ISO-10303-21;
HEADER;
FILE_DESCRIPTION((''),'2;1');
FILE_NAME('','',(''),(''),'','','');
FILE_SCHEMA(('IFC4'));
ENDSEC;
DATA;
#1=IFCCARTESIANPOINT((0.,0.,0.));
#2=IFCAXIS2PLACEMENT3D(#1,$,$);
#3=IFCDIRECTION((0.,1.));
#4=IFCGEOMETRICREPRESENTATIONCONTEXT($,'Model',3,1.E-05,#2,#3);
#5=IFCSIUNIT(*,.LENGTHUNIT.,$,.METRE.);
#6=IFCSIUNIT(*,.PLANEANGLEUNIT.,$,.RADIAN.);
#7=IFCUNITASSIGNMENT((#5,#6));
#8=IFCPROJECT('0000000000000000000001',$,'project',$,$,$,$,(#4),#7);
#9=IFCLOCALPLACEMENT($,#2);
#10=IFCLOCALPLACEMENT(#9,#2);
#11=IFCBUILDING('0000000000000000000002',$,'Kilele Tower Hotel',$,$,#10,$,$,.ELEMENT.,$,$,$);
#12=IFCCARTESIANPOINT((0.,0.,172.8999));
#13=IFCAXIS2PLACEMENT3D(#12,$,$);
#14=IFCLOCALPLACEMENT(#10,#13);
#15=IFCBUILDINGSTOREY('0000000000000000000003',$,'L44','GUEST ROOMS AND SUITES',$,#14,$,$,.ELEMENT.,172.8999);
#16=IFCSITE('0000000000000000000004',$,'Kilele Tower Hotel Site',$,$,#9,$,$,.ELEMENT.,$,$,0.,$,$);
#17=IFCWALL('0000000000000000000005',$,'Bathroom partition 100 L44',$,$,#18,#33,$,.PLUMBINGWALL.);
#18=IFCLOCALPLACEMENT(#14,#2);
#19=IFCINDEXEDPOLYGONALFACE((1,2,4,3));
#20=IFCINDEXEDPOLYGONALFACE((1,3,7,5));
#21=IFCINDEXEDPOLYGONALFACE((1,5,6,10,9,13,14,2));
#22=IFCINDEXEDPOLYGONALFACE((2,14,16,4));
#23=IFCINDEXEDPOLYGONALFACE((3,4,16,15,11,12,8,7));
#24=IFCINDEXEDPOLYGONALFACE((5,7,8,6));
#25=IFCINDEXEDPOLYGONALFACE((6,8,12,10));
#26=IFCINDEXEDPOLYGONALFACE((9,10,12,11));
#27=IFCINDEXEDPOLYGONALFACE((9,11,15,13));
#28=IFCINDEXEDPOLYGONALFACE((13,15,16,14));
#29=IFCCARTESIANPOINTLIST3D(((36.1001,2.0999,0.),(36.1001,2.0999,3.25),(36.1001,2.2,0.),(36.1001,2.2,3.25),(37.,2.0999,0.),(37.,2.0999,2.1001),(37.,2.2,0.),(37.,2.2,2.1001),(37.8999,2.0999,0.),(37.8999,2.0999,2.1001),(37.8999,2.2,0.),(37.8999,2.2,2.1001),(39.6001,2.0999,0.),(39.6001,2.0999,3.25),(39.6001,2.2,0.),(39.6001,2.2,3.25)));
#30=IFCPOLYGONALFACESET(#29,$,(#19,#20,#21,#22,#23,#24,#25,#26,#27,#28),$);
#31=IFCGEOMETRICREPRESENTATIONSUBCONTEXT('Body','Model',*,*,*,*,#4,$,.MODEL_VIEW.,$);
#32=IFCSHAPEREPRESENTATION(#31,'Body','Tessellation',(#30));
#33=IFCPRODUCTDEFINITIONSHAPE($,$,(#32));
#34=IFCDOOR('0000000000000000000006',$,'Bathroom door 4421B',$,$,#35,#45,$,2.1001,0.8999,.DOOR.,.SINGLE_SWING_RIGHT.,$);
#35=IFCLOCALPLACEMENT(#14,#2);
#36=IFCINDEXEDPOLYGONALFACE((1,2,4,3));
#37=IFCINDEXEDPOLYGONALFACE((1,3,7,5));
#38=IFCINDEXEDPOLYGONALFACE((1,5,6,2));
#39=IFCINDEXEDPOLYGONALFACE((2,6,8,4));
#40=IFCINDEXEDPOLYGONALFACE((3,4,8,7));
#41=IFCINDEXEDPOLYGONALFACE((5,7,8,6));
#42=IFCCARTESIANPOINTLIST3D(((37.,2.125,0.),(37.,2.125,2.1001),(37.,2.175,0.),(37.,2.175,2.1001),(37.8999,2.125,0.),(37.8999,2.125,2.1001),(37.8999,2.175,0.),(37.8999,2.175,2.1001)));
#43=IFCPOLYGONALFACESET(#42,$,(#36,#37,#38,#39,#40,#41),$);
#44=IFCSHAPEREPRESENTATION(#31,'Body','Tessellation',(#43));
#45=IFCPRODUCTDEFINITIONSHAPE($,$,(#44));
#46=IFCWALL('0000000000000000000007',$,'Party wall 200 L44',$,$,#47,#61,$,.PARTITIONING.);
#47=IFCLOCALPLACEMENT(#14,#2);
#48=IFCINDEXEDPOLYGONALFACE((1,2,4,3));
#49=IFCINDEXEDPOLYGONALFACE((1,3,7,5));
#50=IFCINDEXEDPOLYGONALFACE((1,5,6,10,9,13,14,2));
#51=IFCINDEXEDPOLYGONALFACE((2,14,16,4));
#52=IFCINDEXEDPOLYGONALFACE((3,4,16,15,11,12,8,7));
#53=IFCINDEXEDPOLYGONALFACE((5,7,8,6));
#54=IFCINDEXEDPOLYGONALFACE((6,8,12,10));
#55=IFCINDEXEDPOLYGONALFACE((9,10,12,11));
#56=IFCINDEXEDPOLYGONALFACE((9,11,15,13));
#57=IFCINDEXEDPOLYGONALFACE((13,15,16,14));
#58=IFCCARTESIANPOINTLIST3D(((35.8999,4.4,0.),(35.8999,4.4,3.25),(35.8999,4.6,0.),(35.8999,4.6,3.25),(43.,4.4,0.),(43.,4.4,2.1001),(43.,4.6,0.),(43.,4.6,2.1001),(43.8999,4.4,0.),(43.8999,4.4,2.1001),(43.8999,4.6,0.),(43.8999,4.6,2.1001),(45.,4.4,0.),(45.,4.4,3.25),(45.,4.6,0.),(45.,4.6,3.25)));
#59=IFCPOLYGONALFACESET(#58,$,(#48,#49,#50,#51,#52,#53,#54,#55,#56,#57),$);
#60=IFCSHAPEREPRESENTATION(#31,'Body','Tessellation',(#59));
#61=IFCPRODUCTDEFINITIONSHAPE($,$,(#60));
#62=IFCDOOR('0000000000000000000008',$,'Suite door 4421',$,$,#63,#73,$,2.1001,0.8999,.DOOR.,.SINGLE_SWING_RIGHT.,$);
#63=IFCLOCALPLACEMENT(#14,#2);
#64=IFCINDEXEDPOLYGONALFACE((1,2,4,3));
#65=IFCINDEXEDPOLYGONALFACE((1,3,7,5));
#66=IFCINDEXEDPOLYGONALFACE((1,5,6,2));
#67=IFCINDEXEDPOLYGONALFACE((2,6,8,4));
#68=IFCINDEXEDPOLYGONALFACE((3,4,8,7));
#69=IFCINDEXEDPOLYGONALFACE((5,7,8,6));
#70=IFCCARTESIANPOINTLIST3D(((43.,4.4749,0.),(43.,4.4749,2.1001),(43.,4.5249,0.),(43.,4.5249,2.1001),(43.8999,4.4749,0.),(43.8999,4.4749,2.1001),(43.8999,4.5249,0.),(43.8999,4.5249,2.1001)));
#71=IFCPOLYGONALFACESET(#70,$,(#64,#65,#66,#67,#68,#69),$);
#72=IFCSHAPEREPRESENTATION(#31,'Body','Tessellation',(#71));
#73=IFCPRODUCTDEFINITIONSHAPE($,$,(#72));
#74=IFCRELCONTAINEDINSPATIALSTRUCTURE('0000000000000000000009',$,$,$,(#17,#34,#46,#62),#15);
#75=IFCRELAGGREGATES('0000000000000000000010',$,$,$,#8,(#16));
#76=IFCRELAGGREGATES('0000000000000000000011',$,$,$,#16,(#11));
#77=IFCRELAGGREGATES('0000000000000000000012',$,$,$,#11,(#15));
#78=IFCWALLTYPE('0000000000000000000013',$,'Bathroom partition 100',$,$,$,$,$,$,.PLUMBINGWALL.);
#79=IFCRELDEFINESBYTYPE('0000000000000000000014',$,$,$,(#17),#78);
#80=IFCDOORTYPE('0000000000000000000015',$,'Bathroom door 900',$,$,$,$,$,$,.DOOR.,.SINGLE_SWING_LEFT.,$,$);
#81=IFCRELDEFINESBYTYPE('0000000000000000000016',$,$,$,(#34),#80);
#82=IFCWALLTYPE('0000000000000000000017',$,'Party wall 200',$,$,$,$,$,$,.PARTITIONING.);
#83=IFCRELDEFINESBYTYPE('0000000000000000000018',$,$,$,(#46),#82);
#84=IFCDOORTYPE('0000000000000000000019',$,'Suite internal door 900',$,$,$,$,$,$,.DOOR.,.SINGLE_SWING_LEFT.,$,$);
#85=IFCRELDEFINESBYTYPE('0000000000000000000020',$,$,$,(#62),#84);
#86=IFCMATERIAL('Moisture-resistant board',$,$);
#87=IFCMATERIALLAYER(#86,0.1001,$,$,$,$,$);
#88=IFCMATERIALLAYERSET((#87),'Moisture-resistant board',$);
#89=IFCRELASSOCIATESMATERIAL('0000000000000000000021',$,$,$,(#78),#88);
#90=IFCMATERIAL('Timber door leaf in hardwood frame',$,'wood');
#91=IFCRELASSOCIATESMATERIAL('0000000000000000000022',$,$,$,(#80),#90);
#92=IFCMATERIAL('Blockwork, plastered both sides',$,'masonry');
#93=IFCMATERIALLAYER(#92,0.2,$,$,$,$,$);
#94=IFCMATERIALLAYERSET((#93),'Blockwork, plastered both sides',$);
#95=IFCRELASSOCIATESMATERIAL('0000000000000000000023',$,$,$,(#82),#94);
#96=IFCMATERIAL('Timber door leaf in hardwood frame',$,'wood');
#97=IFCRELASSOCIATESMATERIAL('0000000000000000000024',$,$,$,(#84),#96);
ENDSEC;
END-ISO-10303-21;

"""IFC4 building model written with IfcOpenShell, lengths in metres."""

from ifc_helpers import new_model, si_unit, direction, frame, frame_2d, origin, place, context, subcontext, project, spatial, rectangle, extrude, material, layer, layer_set, type_object, element, fill, save


model = new_model("IFC4")

# Units and contexts
model_context = context("Model", 3, precision=1e-05, world=origin(), true_north=direction((0.0, 1.0)))
body_context = subcontext(model_context, "Body", "Model", "MODEL_VIEW")
ifc_project = project(units=[si_unit("LENGTHUNIT", "METRE"), si_unit("PLANEANGLEUNIT", "RADIAN")], contexts=[model_context])

# Site, building, storey
site_placement = place(None, origin())
site = spatial("IfcSite", under=ifc_project, at=site_placement, Name="Kilele Tower Hotel Site", CompositionType="ELEMENT", RefElevation=0.0)
building_placement = place(site_placement, origin())
building = spatial("IfcBuilding", under=site, at=building_placement, Name="Kilele Tower Hotel", CompositionType="ELEMENT")
storey_placement = place(building_placement, frame((0.0, 0.0, 172.8999)))
storey = spatial("IfcBuildingStorey", under=building, at=storey_placement, Name="L44", Description="GUEST ROOMS AND SUITES", CompositionType="ELEMENT", Elevation=172.8999)

# Shared definitions
ifc_material_1 = material(Name="Moisture-resistant board")
ifc_layer_1 = layer(ifc_material_1, 0.1001)
ifc_layer_set_1 = layer_set([ifc_layer_1], Name="Moisture-resistant board")
wall_type_1 = type_object("IfcWallType", Name="Bathroom partition 100", PredefinedType="PLUMBINGWALL", material=ifc_layer_set_1)

# Walls, openings, doors
ifc_material_2 = material(Name="Timber door leaf in hardwood frame", Category="wood")
door_type_1 = type_object("IfcDoorType", Name="Bathroom door 900", OperationType="SINGLE_SWING_LEFT", PredefinedType="DOOR", material=ifc_material_2)
wall_1_placement = place(storey_placement, frame((36.1001, 2.1499, 0.0), z_axis=(0.0, 0.0, 1.0), x_axis=(1.0, 0.0, 0.0)))
wall_1 = element("IfcWall", 1, at=wall_1_placement, inside=storey, type_object=wall_type_1, Name="Bathroom partition 100 L44", PredefinedType="PLUMBINGWALL", context=body_context, shape_type="SweptSolid", body=[
    extrude(rectangle(XDim=3.5, YDim=0.1001, at=frame_2d((1.75, 0.0))), origin(), (0.0, 0.0, 1.0), 3.25),
])
opening_1_placement = place(wall_1_placement, frame((1.7998, 0.0, 0.0), z_axis=(0.0, 0.0, 1.0), x_axis=(-1.0, 0.0, 0.0)))
opening_1 = element("IfcOpeningElement", 2, at=opening_1_placement, cuts=wall_1, PredefinedType="OPENING", context=body_context, shape_type="SweptSolid", body=[
    extrude(rectangle(XDim=0.8999, YDim=2.1001, at=frame_2d((0.45, 1.05))), frame((0.0, 0.0601, 0.0), z_axis=(0.0, -1.0, 0.0), x_axis=(1.0, 0.0, 0.0)), (0.0, 0.0, 1.0), 0.1201),
])
door_1_placement = place(opening_1_placement, origin())
door_1 = element("IfcDoor", 3, at=door_1_placement, inside=storey, type_object=door_type_1, Name="Bathroom door 4421B", OperationType="SINGLE_SWING_RIGHT", OverallHeight=2.1001, OverallWidth=0.8999, PredefinedType="DOOR", context=body_context, shape_type="SweptSolid", body=[
    extrude(rectangle(XDim=0.8999, YDim=2.1001, at=frame_2d((0.45, 1.05))), frame((0.0, 0.0249, 0.0), z_axis=(0.0, -1.0, 0.0), x_axis=(1.0, 0.0, 0.0)), (0.0, 0.0, 1.0), 0.05),
])
fill(opening_1, door_1)
ifc_material_3 = material(Name="Blockwork, plastered both sides", Category="masonry")
ifc_layer_2 = layer(ifc_material_3, 0.2)
ifc_layer_set_2 = layer_set([ifc_layer_2], Name="Blockwork, plastered both sides")
wall_type_2 = type_object("IfcWallType", Name="Party wall 200", PredefinedType="PARTITIONING", material=ifc_layer_set_2)
wall_2_placement = place(storey_placement, frame((35.8999, 4.5, 0.0), z_axis=(0.0, 0.0, 1.0), x_axis=(1.0, 0.0, 0.0)))
wall_2 = element("IfcWall", 4, at=wall_2_placement, inside=storey, type_object=wall_type_2, Name="Party wall 200 L44", PredefinedType="PARTITIONING", context=body_context, shape_type="SweptSolid", body=[
    extrude(rectangle(XDim=9.1001, YDim=0.2, at=frame_2d((4.55, 0.0))), origin(), (0.0, 0.0, 1.0), 3.25),
])
opening_2_placement = place(wall_2_placement, frame((7.1001, 0.0, 0.0)))
opening_2 = element("IfcOpeningElement", 5, at=opening_2_placement, cuts=wall_2, PredefinedType="OPENING", context=body_context, shape_type="SweptSolid", body=[
    extrude(rectangle(XDim=0.8999, YDim=2.1001, at=frame_2d((0.45, 1.05))), frame((0.0, 0.1099, 0.0), z_axis=(0.0, -1.0, 0.0), x_axis=(1.0, 0.0, 0.0)), (0.0, 0.0, 1.0), 0.22),
])
ifc_material_4 = material(Name="Timber door leaf in hardwood frame", Category="wood")
door_type_2 = type_object("IfcDoorType", Name="Suite internal door 900", OperationType="SINGLE_SWING_LEFT", PredefinedType="DOOR", material=ifc_material_4)
door_2_placement = place(opening_2_placement, origin())
door_2 = element("IfcDoor", 6, at=door_2_placement, inside=storey, type_object=door_type_2, Name="Suite door 4421", OperationType="SINGLE_SWING_RIGHT", OverallHeight=2.1001, OverallWidth=0.8999, PredefinedType="DOOR", context=body_context, shape_type="SweptSolid", body=[
    extrude(rectangle(XDim=0.8999, YDim=2.1001, at=frame_2d((0.45, 1.05))), frame((0.0, 0.0249, 0.0), z_axis=(0.0, -1.0, 0.0), x_axis=(1.0, 0.0, 0.0)), (0.0, 0.0, 1.0), 0.05),
])
fill(opening_2, door_2)

save(model, "model.ifc")
